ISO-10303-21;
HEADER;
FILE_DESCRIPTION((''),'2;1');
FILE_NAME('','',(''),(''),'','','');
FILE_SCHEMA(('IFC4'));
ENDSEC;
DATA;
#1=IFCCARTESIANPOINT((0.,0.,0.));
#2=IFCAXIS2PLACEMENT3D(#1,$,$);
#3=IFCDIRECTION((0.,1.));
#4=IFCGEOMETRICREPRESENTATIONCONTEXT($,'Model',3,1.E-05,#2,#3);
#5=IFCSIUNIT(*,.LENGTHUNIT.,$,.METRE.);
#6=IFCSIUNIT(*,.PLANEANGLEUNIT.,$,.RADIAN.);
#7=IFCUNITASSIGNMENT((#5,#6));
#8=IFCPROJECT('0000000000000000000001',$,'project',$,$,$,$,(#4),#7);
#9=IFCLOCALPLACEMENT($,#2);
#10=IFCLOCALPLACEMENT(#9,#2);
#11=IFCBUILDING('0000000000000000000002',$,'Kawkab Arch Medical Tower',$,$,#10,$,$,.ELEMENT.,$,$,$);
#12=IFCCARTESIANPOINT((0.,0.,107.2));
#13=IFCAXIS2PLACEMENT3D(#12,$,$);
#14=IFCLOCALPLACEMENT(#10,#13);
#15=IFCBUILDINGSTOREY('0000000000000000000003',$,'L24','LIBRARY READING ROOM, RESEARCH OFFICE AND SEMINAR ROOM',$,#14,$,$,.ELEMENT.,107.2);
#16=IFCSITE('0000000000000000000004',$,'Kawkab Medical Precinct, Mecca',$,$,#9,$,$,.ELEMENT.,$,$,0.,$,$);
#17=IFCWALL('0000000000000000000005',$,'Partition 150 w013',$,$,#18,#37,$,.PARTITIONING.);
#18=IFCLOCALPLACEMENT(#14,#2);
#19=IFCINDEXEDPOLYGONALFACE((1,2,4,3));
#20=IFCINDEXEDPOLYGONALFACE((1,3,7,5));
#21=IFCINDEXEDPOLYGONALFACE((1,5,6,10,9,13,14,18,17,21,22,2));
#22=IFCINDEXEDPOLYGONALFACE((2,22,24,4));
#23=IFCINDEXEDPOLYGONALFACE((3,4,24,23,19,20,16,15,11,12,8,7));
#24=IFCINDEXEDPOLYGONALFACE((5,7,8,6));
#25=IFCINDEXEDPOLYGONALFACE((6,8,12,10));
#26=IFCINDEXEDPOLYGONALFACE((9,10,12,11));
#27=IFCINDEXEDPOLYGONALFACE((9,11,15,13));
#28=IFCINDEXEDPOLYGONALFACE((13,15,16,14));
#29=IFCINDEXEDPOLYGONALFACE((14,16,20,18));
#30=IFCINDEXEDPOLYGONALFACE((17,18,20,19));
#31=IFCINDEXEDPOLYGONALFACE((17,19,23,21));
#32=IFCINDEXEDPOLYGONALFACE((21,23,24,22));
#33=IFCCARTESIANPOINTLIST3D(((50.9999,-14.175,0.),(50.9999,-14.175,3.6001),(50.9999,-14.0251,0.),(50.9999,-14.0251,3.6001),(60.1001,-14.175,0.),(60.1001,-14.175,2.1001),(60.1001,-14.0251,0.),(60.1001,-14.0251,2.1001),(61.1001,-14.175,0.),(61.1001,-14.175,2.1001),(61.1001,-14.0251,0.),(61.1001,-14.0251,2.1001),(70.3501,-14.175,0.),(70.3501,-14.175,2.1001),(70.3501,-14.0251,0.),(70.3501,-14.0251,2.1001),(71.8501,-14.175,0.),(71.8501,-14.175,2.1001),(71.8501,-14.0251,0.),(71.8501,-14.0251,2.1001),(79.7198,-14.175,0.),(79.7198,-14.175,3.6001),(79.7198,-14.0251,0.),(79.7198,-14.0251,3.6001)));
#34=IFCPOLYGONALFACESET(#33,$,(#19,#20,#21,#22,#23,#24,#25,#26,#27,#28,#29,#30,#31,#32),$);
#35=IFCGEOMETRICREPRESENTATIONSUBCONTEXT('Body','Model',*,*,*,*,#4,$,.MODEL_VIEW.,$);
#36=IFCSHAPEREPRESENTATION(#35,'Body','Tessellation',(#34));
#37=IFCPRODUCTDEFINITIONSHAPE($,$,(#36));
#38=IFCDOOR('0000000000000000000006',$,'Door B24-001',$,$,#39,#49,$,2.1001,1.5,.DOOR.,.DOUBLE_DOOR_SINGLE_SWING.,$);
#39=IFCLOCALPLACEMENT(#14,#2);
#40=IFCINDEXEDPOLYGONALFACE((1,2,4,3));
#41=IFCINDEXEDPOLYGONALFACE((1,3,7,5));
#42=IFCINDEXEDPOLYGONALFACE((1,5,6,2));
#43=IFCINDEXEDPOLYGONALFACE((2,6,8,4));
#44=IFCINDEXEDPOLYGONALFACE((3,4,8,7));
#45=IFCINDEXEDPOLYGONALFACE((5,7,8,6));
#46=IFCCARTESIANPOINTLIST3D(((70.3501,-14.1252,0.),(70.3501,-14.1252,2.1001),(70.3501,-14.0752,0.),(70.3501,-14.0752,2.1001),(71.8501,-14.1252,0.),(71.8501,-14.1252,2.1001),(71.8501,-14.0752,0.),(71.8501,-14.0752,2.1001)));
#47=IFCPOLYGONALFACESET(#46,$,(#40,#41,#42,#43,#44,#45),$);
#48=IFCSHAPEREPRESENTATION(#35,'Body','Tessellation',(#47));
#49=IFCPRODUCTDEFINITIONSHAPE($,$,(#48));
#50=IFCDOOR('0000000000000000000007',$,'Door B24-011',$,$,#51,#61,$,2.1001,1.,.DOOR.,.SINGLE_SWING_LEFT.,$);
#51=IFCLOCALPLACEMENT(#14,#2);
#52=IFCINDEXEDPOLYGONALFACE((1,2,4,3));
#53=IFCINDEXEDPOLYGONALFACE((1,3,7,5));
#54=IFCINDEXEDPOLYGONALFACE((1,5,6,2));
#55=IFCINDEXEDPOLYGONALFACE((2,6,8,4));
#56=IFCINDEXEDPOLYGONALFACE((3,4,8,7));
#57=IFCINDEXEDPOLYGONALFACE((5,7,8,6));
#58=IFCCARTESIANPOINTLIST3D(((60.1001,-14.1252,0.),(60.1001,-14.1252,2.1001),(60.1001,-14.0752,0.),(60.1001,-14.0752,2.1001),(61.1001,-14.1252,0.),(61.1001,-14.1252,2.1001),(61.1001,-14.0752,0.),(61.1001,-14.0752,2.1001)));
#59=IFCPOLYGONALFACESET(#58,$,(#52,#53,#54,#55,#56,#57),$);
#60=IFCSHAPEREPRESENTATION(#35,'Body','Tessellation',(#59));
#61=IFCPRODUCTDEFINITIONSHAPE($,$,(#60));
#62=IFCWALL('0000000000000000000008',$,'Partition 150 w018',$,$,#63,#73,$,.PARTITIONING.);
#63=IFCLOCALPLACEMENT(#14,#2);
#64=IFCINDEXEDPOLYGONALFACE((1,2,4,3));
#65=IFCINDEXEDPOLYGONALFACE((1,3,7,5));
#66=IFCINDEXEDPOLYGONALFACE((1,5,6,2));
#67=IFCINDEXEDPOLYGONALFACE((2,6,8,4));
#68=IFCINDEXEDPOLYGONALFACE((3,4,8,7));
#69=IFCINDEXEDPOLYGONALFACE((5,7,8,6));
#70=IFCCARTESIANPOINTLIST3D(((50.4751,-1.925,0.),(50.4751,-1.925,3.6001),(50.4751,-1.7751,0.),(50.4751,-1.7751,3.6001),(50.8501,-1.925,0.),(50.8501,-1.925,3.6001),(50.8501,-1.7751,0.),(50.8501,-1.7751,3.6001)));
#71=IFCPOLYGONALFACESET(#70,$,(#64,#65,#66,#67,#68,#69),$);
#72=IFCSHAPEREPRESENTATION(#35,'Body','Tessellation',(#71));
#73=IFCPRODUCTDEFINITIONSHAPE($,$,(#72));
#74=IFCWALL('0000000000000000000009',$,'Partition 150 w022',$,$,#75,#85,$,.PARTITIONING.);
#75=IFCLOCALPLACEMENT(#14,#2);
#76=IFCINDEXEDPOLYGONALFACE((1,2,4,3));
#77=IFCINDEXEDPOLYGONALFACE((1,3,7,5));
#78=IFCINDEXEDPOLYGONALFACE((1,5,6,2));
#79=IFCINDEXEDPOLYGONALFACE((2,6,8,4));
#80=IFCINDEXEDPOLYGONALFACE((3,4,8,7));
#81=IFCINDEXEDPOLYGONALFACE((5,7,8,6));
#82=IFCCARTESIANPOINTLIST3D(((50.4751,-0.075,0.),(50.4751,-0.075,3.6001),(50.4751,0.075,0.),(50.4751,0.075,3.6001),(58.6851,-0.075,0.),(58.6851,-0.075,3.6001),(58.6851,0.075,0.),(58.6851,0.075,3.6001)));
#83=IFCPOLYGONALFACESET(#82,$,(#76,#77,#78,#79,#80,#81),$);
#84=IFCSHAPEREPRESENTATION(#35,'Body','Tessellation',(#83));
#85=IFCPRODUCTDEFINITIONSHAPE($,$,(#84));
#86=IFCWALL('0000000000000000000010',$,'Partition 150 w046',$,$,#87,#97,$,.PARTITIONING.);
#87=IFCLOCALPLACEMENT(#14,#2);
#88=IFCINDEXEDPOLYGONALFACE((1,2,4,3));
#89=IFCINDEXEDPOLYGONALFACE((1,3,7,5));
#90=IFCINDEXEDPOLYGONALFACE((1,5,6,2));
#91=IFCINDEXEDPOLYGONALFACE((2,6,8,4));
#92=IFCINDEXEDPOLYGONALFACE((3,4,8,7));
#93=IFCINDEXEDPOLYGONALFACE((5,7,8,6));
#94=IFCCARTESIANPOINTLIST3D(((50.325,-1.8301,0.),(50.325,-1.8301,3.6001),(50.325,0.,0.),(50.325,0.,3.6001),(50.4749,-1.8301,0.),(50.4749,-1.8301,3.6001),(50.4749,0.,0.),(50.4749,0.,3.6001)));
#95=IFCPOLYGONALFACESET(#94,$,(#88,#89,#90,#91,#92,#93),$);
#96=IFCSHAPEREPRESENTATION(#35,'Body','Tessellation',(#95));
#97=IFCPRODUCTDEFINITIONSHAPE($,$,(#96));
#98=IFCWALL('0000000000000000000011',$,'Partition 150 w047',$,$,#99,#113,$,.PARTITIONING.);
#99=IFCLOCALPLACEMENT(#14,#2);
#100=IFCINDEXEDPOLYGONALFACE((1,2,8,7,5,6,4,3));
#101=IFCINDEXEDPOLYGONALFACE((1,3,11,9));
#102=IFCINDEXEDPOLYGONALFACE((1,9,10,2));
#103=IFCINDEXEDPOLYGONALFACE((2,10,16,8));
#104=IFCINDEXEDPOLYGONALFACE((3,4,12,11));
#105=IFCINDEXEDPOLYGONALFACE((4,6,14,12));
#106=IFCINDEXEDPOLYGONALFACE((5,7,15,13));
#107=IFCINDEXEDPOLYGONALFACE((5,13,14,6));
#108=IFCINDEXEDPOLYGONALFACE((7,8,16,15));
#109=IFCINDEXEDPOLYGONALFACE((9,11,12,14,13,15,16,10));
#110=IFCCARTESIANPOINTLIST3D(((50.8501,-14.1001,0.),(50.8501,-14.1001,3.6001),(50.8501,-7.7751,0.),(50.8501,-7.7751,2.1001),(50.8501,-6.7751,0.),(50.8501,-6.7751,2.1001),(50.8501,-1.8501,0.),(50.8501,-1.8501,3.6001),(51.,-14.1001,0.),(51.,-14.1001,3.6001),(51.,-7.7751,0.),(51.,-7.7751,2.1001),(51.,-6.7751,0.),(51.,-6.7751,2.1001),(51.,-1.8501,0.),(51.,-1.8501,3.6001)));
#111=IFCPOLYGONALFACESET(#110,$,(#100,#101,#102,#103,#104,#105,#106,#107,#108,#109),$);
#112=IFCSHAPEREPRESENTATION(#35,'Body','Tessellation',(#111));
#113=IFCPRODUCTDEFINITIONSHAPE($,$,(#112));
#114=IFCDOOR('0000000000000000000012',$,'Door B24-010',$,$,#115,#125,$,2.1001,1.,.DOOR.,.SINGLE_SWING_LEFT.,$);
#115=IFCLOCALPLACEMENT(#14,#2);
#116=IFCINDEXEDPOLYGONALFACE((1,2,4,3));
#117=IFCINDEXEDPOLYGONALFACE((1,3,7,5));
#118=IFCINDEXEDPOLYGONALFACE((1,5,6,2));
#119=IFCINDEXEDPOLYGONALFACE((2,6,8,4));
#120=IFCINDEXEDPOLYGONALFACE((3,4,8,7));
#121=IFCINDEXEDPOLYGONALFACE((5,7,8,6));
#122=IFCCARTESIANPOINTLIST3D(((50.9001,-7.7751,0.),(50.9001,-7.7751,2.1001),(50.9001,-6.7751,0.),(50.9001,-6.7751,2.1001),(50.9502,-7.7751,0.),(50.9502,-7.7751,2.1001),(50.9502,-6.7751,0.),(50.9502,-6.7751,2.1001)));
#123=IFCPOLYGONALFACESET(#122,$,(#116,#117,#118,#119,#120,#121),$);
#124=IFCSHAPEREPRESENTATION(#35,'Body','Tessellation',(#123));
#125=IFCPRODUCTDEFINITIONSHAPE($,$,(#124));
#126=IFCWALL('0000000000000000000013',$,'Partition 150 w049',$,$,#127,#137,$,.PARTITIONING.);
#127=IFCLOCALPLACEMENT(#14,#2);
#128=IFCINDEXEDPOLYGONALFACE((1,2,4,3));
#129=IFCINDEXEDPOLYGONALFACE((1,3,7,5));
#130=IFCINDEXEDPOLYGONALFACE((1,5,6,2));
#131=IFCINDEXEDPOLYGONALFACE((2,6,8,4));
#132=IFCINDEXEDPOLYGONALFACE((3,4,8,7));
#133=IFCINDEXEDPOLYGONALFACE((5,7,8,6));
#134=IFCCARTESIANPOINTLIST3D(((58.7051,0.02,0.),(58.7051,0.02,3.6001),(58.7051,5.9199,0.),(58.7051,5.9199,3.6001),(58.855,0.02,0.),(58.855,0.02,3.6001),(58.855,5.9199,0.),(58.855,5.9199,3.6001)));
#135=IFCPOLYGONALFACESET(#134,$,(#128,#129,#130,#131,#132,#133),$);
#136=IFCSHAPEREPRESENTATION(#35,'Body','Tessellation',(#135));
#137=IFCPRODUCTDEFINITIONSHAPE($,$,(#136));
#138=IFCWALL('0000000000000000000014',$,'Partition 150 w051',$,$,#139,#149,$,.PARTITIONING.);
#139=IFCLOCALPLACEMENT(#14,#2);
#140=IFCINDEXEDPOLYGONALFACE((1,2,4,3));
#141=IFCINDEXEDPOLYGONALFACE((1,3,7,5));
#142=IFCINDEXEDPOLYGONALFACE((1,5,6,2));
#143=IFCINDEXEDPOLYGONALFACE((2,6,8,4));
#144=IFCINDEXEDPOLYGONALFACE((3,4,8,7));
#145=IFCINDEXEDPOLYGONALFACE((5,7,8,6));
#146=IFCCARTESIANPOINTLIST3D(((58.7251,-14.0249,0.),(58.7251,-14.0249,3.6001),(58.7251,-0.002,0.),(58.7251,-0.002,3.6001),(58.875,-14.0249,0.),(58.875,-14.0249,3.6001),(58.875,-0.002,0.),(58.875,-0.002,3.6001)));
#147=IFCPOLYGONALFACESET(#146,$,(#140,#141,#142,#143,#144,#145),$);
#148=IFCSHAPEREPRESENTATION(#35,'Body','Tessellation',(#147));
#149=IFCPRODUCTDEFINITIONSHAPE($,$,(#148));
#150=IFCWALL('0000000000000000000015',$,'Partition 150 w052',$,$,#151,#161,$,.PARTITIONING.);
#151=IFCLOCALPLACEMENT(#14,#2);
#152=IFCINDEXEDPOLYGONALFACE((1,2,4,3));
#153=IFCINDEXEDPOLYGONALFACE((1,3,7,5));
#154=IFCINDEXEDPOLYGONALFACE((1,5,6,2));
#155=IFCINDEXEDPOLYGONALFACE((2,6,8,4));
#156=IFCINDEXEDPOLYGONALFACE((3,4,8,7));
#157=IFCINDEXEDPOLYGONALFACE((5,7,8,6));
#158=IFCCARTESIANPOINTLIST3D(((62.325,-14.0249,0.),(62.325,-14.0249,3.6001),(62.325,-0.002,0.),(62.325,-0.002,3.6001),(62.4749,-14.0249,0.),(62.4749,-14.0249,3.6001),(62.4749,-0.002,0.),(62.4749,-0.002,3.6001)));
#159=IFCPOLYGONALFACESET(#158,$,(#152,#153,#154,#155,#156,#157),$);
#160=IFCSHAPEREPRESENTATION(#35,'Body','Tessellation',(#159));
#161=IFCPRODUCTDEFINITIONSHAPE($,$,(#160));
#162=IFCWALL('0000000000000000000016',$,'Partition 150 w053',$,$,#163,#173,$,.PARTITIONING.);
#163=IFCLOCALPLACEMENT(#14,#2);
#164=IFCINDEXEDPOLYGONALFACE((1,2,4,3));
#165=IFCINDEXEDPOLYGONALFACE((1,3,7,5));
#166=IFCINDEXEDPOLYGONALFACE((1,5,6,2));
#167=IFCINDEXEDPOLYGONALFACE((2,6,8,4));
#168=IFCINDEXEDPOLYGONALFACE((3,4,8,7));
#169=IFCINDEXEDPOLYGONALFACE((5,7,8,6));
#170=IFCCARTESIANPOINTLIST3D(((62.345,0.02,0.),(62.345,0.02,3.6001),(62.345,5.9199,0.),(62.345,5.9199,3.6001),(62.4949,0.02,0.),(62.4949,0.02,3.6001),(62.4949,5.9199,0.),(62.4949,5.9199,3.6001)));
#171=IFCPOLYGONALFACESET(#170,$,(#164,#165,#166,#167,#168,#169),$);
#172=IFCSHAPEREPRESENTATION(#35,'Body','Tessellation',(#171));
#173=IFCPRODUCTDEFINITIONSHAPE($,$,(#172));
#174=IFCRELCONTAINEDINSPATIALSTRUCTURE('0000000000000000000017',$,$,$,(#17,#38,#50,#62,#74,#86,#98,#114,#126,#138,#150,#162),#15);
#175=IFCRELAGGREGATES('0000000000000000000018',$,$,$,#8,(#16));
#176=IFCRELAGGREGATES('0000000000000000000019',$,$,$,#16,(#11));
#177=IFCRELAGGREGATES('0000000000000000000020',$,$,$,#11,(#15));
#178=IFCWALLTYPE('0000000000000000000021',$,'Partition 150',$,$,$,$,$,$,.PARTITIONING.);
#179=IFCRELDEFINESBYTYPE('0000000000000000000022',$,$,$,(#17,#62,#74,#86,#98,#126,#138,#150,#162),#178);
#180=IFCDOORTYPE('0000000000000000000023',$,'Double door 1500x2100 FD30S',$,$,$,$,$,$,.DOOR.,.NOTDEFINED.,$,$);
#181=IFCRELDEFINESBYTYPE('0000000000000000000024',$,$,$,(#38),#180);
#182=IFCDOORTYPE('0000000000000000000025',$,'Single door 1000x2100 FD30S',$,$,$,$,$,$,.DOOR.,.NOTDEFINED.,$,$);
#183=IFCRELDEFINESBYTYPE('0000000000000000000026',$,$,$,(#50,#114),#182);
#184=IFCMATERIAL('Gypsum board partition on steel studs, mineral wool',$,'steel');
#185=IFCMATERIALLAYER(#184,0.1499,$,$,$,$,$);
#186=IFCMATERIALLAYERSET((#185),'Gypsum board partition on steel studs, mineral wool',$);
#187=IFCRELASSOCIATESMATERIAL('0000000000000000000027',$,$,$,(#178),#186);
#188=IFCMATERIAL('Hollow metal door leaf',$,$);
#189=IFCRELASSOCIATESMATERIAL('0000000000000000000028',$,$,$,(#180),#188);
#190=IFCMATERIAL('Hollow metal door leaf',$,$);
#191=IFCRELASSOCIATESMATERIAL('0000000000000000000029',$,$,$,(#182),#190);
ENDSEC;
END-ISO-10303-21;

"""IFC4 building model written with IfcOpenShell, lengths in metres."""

from ifc_helpers import new_model, si_unit, direction, frame, frame_2d, origin, place, context, subcontext, project, spatial, rectangle, extrude, material, layer, layer_set, type_object, element, fill, save


model = new_model("IFC4")

# Units and contexts
model_context = context("Model", 3, precision=1e-05, world=origin(), true_north=direction((0.0, 1.0)))
body_context = subcontext(model_context, "Body", "Model", "MODEL_VIEW")
ifc_project = project(units=[si_unit("LENGTHUNIT", "METRE"), si_unit("PLANEANGLEUNIT", "RADIAN")], contexts=[model_context])

# Site, building, storey
site_placement = place(None, origin())
site = spatial("IfcSite", under=ifc_project, at=site_placement, Name="Kawkab Medical Precinct, Mecca", CompositionType="ELEMENT", RefElevation=0.0)
building_placement = place(site_placement, origin())
building = spatial("IfcBuilding", under=site, at=building_placement, Name="Kawkab Arch Medical Tower", CompositionType="ELEMENT")
storey_placement = place(building_placement, frame((0.0, 0.0, 107.2)))
storey = spatial("IfcBuildingStorey", under=building, at=storey_placement, Name="L24", Description="LIBRARY READING ROOM, RESEARCH OFFICE AND SEMINAR ROOM", CompositionType="ELEMENT", Elevation=107.2)

# Wall, openings, doors
ifc_material_1 = material(Name="Gypsum board partition on steel studs, mineral wool", Category="steel")
ifc_layer_1 = layer(ifc_material_1, 0.1499)
ifc_layer_set_1 = layer_set([ifc_layer_1], Name="Gypsum board partition on steel studs, mineral wool")
wall_type = type_object("IfcWallType", Name="Partition 150", PredefinedType="PARTITIONING", material=ifc_layer_set_1)
wall_1_placement = place(storey_placement, frame((51.0, -14.1001, 0.0), z_axis=(0.0, 0.0, 1.0), x_axis=(1.0, 0.0, 0.0)))
wall_1 = element("IfcWall", 1, at=wall_1_placement, inside=storey, type_object=wall_type, Name="Partition 150 w013", PredefinedType="PARTITIONING", context=body_context, shape_type="SweptSolid", body=[
    extrude(rectangle(XDim=28.72, YDim=0.1499, at=frame_2d((14.3599, 0.0))), origin(), (0.0, 0.0, 1.0), 3.6001),
])
opening_1_placement = place(wall_1_placement, frame((9.1001, 0.0, 0.0)))
opening_1 = element("IfcOpeningElement", 2, at=opening_1_placement, cuts=wall_1, PredefinedType="OPENING", context=body_context, shape_type="SweptSolid", body=[
    extrude(rectangle(XDim=1.0, YDim=2.1001, at=frame_2d((0.5, 1.05))), frame((0.0, 0.085, 0.0), z_axis=(0.0, -1.0, 0.0), x_axis=(1.0, 0.0, 0.0)), (0.0, 0.0, 1.0), 0.1699),
])
opening_2_placement = place(wall_1_placement, frame((19.3501, 0.0, 0.0)))
opening_2 = element("IfcOpeningElement", 3, at=opening_2_placement, cuts=wall_1, PredefinedType="OPENING", context=body_context, shape_type="SweptSolid", body=[
    extrude(rectangle(XDim=1.5, YDim=2.1001, at=frame_2d((0.75, 1.05))), frame((0.0, 0.085, 0.0), z_axis=(0.0, -1.0, 0.0), x_axis=(1.0, 0.0, 0.0)), (0.0, 0.0, 1.0), 0.1699),
])
ifc_material_2 = material(Name="Hollow metal door leaf")
door_type_1 = type_object("IfcDoorType", Name="Double door 1500x2100 FD30S", OperationType="NOTDEFINED", PredefinedType="DOOR", material=ifc_material_2)
door_1_placement = place(opening_2_placement, origin())
door_1 = element("IfcDoor", 4, at=door_1_placement, inside=storey, type_object=door_type_1, Name="Door B24-001", OperationType="DOUBLE_DOOR_SINGLE_SWING", OverallHeight=2.1001, OverallWidth=1.5, PredefinedType="DOOR", context=body_context, shape_type="SweptSolid", body=[
    extrude(rectangle(XDim=1.5, YDim=2.1001, at=frame_2d((0.75, 1.05))), frame((0.0, 0.0249, 0.0), z_axis=(0.0, -1.0, 0.0), x_axis=(1.0, 0.0, 0.0)), (0.0, 0.0, 1.0), 0.05),
])
fill(opening_2, door_1)
ifc_material_3 = material(Name="Hollow metal door leaf")
door_type_2 = type_object("IfcDoorType", Name="Single door 1000x2100 FD30S", OperationType="NOTDEFINED", PredefinedType="DOOR", material=ifc_material_3)
door_2_placement = place(opening_1_placement, origin())
door_2 = element("IfcDoor", 5, at=door_2_placement, inside=storey, type_object=door_type_2, Name="Door B24-011", OperationType="SINGLE_SWING_LEFT", OverallHeight=2.1001, OverallWidth=1.0, PredefinedType="DOOR", context=body_context, shape_type="SweptSolid", body=[
    extrude(rectangle(XDim=1.0, YDim=2.1001, at=frame_2d((0.5, 1.05))), frame((0.0, 0.0249, 0.0), z_axis=(0.0, -1.0, 0.0), x_axis=(1.0, 0.0, 0.0)), (0.0, 0.0, 1.0), 0.05),
])
fill(opening_1, door_2)

# Walls
wall_2_placement = place(storey_placement, frame((50.4751, -1.8501, 0.0), z_axis=(0.0, 0.0, 1.0), x_axis=(1.0, 0.0, 0.0)))
element("IfcWall", 6, at=wall_2_placement, inside=storey, type_object=wall_type, Name="Partition 150 w018", PredefinedType="PARTITIONING", context=body_context, shape_type="SweptSolid", body=[
    extrude(rectangle(XDim=0.375, YDim=0.1499, at=frame_2d((0.1875, 0.0))), origin(), (0.0, 0.0, 1.0), 3.6001),
])
wall_3_placement = place(storey_placement, frame((50.4751, 0.0, 0.0), z_axis=(0.0, 0.0, 1.0), x_axis=(1.0, 0.0, 0.0)))
element("IfcWall", 7, at=wall_3_placement, inside=storey, type_object=wall_type, Name="Partition 150 w022", PredefinedType="PARTITIONING", context=body_context, shape_type="SweptSolid", body=[
    extrude(rectangle(XDim=8.21, YDim=0.1499, at=frame_2d((4.105, 0.0))), origin(), (0.0, 0.0, 1.0), 3.6001),
])
wall_4_placement = place(storey_placement, frame((50.3999, -1.8301, 0.0), z_axis=(0.0, 0.0, 1.0), x_axis=(0.0, 1.0, 0.0)))
element("IfcWall", 8, at=wall_4_placement, inside=storey, type_object=wall_type, Name="Partition 150 w046", PredefinedType="PARTITIONING", context=body_context, shape_type="SweptSolid", body=[
    extrude(rectangle(XDim=1.8301, YDim=0.1499, at=frame_2d((0.915, 0.0))), origin(), (0.0, 0.0, 1.0), 3.6001),
])

# Wall, opening, door
wall_5_placement = place(storey_placement, frame((50.925, -14.1001, 0.0), z_axis=(0.0, 0.0, 1.0), x_axis=(0.0, 1.0, 0.0)))
wall_5 = element("IfcWall", 9, at=wall_5_placement, inside=storey, type_object=wall_type, Name="Partition 150 w047", PredefinedType="PARTITIONING", context=body_context, shape_type="SweptSolid", body=[
    extrude(rectangle(XDim=12.25, YDim=0.1499, at=frame_2d((6.125, 0.0))), origin(), (0.0, 0.0, 1.0), 3.6001),
])
opening_3_placement = place(wall_5_placement, frame((6.325, 0.0, 0.0)))
opening_3 = element("IfcOpeningElement", 10, at=opening_3_placement, cuts=wall_5, PredefinedType="OPENING", context=body_context, shape_type="SweptSolid", body=[
    extrude(rectangle(XDim=1.0, YDim=2.1001, at=frame_2d((0.5, 1.05))), frame((0.0, 0.085, 0.0), z_axis=(0.0, -1.0, 0.0), x_axis=(1.0, 0.0, 0.0)), (0.0, 0.0, 1.0), 0.1699),
])
door_3_placement = place(opening_3_placement, origin())
door_3 = element("IfcDoor", 11, at=door_3_placement, inside=storey, type_object=door_type_2, Name="Door B24-010", OperationType="SINGLE_SWING_LEFT", OverallHeight=2.1001, OverallWidth=1.0, PredefinedType="DOOR", context=body_context, shape_type="SweptSolid", body=[
    extrude(rectangle(XDim=1.0, YDim=2.1001, at=frame_2d((0.5, 1.05))), frame((0.0, 0.0249, 0.0), z_axis=(0.0, -1.0, 0.0), x_axis=(1.0, 0.0, 0.0)), (0.0, 0.0, 1.0), 0.05),
])
fill(opening_3, door_3)

# Walls
wall_6_placement = place(storey_placement, frame((58.78, 0.02, 0.0), z_axis=(0.0, 0.0, 1.0), x_axis=(0.0, 1.0, 0.0)))
element("IfcWall", 12, at=wall_6_placement, inside=storey, type_object=wall_type, Name="Partition 150 w049", PredefinedType="PARTITIONING", context=body_context, shape_type="SweptSolid", body=[
    extrude(rectangle(XDim=5.8999, YDim=0.1499, at=frame_2d((2.95, 0.0))), origin(), (0.0, 0.0, 1.0), 3.6001),
])
for number, where, z_axis, x_axis, name in (
    (13, (58.8, -14.0249, 0.0), (0.0, 0.0, 1.0), (0.0, 1.0, 0.0), "Partition 150 w051"),
    (14, (62.3999, -14.0249, 0.0), (0.0, 0.0, 1.0), (0.0, 1.0, 0.0), "Partition 150 w052"),
):
    element("IfcWall", number, at=place(storey_placement, frame(where, z_axis=z_axis, x_axis=x_axis)), inside=storey, type_object=wall_type, Name=name, PredefinedType="PARTITIONING", context=body_context, shape_type="SweptSolid", body=[
        extrude(rectangle(XDim=14.0229, YDim=0.1499, at=frame_2d((7.0115, 0.0))), origin(), (0.0, 0.0, 1.0), 3.6001),
    ])
wall_7_placement = place(storey_placement, frame((62.4199, 0.02, 0.0), z_axis=(0.0, 0.0, 1.0), x_axis=(0.0, 1.0, 0.0)))
element("IfcWall", 15, at=wall_7_placement, inside=storey, type_object=wall_type, Name="Partition 150 w053", PredefinedType="PARTITIONING", context=body_context, shape_type="SweptSolid", body=[
    extrude(rectangle(XDim=5.8999, YDim=0.1499, at=frame_2d((2.95, 0.0))), origin(), (0.0, 0.0, 1.0), 3.6001),
])

save(model, "model.ifc")
